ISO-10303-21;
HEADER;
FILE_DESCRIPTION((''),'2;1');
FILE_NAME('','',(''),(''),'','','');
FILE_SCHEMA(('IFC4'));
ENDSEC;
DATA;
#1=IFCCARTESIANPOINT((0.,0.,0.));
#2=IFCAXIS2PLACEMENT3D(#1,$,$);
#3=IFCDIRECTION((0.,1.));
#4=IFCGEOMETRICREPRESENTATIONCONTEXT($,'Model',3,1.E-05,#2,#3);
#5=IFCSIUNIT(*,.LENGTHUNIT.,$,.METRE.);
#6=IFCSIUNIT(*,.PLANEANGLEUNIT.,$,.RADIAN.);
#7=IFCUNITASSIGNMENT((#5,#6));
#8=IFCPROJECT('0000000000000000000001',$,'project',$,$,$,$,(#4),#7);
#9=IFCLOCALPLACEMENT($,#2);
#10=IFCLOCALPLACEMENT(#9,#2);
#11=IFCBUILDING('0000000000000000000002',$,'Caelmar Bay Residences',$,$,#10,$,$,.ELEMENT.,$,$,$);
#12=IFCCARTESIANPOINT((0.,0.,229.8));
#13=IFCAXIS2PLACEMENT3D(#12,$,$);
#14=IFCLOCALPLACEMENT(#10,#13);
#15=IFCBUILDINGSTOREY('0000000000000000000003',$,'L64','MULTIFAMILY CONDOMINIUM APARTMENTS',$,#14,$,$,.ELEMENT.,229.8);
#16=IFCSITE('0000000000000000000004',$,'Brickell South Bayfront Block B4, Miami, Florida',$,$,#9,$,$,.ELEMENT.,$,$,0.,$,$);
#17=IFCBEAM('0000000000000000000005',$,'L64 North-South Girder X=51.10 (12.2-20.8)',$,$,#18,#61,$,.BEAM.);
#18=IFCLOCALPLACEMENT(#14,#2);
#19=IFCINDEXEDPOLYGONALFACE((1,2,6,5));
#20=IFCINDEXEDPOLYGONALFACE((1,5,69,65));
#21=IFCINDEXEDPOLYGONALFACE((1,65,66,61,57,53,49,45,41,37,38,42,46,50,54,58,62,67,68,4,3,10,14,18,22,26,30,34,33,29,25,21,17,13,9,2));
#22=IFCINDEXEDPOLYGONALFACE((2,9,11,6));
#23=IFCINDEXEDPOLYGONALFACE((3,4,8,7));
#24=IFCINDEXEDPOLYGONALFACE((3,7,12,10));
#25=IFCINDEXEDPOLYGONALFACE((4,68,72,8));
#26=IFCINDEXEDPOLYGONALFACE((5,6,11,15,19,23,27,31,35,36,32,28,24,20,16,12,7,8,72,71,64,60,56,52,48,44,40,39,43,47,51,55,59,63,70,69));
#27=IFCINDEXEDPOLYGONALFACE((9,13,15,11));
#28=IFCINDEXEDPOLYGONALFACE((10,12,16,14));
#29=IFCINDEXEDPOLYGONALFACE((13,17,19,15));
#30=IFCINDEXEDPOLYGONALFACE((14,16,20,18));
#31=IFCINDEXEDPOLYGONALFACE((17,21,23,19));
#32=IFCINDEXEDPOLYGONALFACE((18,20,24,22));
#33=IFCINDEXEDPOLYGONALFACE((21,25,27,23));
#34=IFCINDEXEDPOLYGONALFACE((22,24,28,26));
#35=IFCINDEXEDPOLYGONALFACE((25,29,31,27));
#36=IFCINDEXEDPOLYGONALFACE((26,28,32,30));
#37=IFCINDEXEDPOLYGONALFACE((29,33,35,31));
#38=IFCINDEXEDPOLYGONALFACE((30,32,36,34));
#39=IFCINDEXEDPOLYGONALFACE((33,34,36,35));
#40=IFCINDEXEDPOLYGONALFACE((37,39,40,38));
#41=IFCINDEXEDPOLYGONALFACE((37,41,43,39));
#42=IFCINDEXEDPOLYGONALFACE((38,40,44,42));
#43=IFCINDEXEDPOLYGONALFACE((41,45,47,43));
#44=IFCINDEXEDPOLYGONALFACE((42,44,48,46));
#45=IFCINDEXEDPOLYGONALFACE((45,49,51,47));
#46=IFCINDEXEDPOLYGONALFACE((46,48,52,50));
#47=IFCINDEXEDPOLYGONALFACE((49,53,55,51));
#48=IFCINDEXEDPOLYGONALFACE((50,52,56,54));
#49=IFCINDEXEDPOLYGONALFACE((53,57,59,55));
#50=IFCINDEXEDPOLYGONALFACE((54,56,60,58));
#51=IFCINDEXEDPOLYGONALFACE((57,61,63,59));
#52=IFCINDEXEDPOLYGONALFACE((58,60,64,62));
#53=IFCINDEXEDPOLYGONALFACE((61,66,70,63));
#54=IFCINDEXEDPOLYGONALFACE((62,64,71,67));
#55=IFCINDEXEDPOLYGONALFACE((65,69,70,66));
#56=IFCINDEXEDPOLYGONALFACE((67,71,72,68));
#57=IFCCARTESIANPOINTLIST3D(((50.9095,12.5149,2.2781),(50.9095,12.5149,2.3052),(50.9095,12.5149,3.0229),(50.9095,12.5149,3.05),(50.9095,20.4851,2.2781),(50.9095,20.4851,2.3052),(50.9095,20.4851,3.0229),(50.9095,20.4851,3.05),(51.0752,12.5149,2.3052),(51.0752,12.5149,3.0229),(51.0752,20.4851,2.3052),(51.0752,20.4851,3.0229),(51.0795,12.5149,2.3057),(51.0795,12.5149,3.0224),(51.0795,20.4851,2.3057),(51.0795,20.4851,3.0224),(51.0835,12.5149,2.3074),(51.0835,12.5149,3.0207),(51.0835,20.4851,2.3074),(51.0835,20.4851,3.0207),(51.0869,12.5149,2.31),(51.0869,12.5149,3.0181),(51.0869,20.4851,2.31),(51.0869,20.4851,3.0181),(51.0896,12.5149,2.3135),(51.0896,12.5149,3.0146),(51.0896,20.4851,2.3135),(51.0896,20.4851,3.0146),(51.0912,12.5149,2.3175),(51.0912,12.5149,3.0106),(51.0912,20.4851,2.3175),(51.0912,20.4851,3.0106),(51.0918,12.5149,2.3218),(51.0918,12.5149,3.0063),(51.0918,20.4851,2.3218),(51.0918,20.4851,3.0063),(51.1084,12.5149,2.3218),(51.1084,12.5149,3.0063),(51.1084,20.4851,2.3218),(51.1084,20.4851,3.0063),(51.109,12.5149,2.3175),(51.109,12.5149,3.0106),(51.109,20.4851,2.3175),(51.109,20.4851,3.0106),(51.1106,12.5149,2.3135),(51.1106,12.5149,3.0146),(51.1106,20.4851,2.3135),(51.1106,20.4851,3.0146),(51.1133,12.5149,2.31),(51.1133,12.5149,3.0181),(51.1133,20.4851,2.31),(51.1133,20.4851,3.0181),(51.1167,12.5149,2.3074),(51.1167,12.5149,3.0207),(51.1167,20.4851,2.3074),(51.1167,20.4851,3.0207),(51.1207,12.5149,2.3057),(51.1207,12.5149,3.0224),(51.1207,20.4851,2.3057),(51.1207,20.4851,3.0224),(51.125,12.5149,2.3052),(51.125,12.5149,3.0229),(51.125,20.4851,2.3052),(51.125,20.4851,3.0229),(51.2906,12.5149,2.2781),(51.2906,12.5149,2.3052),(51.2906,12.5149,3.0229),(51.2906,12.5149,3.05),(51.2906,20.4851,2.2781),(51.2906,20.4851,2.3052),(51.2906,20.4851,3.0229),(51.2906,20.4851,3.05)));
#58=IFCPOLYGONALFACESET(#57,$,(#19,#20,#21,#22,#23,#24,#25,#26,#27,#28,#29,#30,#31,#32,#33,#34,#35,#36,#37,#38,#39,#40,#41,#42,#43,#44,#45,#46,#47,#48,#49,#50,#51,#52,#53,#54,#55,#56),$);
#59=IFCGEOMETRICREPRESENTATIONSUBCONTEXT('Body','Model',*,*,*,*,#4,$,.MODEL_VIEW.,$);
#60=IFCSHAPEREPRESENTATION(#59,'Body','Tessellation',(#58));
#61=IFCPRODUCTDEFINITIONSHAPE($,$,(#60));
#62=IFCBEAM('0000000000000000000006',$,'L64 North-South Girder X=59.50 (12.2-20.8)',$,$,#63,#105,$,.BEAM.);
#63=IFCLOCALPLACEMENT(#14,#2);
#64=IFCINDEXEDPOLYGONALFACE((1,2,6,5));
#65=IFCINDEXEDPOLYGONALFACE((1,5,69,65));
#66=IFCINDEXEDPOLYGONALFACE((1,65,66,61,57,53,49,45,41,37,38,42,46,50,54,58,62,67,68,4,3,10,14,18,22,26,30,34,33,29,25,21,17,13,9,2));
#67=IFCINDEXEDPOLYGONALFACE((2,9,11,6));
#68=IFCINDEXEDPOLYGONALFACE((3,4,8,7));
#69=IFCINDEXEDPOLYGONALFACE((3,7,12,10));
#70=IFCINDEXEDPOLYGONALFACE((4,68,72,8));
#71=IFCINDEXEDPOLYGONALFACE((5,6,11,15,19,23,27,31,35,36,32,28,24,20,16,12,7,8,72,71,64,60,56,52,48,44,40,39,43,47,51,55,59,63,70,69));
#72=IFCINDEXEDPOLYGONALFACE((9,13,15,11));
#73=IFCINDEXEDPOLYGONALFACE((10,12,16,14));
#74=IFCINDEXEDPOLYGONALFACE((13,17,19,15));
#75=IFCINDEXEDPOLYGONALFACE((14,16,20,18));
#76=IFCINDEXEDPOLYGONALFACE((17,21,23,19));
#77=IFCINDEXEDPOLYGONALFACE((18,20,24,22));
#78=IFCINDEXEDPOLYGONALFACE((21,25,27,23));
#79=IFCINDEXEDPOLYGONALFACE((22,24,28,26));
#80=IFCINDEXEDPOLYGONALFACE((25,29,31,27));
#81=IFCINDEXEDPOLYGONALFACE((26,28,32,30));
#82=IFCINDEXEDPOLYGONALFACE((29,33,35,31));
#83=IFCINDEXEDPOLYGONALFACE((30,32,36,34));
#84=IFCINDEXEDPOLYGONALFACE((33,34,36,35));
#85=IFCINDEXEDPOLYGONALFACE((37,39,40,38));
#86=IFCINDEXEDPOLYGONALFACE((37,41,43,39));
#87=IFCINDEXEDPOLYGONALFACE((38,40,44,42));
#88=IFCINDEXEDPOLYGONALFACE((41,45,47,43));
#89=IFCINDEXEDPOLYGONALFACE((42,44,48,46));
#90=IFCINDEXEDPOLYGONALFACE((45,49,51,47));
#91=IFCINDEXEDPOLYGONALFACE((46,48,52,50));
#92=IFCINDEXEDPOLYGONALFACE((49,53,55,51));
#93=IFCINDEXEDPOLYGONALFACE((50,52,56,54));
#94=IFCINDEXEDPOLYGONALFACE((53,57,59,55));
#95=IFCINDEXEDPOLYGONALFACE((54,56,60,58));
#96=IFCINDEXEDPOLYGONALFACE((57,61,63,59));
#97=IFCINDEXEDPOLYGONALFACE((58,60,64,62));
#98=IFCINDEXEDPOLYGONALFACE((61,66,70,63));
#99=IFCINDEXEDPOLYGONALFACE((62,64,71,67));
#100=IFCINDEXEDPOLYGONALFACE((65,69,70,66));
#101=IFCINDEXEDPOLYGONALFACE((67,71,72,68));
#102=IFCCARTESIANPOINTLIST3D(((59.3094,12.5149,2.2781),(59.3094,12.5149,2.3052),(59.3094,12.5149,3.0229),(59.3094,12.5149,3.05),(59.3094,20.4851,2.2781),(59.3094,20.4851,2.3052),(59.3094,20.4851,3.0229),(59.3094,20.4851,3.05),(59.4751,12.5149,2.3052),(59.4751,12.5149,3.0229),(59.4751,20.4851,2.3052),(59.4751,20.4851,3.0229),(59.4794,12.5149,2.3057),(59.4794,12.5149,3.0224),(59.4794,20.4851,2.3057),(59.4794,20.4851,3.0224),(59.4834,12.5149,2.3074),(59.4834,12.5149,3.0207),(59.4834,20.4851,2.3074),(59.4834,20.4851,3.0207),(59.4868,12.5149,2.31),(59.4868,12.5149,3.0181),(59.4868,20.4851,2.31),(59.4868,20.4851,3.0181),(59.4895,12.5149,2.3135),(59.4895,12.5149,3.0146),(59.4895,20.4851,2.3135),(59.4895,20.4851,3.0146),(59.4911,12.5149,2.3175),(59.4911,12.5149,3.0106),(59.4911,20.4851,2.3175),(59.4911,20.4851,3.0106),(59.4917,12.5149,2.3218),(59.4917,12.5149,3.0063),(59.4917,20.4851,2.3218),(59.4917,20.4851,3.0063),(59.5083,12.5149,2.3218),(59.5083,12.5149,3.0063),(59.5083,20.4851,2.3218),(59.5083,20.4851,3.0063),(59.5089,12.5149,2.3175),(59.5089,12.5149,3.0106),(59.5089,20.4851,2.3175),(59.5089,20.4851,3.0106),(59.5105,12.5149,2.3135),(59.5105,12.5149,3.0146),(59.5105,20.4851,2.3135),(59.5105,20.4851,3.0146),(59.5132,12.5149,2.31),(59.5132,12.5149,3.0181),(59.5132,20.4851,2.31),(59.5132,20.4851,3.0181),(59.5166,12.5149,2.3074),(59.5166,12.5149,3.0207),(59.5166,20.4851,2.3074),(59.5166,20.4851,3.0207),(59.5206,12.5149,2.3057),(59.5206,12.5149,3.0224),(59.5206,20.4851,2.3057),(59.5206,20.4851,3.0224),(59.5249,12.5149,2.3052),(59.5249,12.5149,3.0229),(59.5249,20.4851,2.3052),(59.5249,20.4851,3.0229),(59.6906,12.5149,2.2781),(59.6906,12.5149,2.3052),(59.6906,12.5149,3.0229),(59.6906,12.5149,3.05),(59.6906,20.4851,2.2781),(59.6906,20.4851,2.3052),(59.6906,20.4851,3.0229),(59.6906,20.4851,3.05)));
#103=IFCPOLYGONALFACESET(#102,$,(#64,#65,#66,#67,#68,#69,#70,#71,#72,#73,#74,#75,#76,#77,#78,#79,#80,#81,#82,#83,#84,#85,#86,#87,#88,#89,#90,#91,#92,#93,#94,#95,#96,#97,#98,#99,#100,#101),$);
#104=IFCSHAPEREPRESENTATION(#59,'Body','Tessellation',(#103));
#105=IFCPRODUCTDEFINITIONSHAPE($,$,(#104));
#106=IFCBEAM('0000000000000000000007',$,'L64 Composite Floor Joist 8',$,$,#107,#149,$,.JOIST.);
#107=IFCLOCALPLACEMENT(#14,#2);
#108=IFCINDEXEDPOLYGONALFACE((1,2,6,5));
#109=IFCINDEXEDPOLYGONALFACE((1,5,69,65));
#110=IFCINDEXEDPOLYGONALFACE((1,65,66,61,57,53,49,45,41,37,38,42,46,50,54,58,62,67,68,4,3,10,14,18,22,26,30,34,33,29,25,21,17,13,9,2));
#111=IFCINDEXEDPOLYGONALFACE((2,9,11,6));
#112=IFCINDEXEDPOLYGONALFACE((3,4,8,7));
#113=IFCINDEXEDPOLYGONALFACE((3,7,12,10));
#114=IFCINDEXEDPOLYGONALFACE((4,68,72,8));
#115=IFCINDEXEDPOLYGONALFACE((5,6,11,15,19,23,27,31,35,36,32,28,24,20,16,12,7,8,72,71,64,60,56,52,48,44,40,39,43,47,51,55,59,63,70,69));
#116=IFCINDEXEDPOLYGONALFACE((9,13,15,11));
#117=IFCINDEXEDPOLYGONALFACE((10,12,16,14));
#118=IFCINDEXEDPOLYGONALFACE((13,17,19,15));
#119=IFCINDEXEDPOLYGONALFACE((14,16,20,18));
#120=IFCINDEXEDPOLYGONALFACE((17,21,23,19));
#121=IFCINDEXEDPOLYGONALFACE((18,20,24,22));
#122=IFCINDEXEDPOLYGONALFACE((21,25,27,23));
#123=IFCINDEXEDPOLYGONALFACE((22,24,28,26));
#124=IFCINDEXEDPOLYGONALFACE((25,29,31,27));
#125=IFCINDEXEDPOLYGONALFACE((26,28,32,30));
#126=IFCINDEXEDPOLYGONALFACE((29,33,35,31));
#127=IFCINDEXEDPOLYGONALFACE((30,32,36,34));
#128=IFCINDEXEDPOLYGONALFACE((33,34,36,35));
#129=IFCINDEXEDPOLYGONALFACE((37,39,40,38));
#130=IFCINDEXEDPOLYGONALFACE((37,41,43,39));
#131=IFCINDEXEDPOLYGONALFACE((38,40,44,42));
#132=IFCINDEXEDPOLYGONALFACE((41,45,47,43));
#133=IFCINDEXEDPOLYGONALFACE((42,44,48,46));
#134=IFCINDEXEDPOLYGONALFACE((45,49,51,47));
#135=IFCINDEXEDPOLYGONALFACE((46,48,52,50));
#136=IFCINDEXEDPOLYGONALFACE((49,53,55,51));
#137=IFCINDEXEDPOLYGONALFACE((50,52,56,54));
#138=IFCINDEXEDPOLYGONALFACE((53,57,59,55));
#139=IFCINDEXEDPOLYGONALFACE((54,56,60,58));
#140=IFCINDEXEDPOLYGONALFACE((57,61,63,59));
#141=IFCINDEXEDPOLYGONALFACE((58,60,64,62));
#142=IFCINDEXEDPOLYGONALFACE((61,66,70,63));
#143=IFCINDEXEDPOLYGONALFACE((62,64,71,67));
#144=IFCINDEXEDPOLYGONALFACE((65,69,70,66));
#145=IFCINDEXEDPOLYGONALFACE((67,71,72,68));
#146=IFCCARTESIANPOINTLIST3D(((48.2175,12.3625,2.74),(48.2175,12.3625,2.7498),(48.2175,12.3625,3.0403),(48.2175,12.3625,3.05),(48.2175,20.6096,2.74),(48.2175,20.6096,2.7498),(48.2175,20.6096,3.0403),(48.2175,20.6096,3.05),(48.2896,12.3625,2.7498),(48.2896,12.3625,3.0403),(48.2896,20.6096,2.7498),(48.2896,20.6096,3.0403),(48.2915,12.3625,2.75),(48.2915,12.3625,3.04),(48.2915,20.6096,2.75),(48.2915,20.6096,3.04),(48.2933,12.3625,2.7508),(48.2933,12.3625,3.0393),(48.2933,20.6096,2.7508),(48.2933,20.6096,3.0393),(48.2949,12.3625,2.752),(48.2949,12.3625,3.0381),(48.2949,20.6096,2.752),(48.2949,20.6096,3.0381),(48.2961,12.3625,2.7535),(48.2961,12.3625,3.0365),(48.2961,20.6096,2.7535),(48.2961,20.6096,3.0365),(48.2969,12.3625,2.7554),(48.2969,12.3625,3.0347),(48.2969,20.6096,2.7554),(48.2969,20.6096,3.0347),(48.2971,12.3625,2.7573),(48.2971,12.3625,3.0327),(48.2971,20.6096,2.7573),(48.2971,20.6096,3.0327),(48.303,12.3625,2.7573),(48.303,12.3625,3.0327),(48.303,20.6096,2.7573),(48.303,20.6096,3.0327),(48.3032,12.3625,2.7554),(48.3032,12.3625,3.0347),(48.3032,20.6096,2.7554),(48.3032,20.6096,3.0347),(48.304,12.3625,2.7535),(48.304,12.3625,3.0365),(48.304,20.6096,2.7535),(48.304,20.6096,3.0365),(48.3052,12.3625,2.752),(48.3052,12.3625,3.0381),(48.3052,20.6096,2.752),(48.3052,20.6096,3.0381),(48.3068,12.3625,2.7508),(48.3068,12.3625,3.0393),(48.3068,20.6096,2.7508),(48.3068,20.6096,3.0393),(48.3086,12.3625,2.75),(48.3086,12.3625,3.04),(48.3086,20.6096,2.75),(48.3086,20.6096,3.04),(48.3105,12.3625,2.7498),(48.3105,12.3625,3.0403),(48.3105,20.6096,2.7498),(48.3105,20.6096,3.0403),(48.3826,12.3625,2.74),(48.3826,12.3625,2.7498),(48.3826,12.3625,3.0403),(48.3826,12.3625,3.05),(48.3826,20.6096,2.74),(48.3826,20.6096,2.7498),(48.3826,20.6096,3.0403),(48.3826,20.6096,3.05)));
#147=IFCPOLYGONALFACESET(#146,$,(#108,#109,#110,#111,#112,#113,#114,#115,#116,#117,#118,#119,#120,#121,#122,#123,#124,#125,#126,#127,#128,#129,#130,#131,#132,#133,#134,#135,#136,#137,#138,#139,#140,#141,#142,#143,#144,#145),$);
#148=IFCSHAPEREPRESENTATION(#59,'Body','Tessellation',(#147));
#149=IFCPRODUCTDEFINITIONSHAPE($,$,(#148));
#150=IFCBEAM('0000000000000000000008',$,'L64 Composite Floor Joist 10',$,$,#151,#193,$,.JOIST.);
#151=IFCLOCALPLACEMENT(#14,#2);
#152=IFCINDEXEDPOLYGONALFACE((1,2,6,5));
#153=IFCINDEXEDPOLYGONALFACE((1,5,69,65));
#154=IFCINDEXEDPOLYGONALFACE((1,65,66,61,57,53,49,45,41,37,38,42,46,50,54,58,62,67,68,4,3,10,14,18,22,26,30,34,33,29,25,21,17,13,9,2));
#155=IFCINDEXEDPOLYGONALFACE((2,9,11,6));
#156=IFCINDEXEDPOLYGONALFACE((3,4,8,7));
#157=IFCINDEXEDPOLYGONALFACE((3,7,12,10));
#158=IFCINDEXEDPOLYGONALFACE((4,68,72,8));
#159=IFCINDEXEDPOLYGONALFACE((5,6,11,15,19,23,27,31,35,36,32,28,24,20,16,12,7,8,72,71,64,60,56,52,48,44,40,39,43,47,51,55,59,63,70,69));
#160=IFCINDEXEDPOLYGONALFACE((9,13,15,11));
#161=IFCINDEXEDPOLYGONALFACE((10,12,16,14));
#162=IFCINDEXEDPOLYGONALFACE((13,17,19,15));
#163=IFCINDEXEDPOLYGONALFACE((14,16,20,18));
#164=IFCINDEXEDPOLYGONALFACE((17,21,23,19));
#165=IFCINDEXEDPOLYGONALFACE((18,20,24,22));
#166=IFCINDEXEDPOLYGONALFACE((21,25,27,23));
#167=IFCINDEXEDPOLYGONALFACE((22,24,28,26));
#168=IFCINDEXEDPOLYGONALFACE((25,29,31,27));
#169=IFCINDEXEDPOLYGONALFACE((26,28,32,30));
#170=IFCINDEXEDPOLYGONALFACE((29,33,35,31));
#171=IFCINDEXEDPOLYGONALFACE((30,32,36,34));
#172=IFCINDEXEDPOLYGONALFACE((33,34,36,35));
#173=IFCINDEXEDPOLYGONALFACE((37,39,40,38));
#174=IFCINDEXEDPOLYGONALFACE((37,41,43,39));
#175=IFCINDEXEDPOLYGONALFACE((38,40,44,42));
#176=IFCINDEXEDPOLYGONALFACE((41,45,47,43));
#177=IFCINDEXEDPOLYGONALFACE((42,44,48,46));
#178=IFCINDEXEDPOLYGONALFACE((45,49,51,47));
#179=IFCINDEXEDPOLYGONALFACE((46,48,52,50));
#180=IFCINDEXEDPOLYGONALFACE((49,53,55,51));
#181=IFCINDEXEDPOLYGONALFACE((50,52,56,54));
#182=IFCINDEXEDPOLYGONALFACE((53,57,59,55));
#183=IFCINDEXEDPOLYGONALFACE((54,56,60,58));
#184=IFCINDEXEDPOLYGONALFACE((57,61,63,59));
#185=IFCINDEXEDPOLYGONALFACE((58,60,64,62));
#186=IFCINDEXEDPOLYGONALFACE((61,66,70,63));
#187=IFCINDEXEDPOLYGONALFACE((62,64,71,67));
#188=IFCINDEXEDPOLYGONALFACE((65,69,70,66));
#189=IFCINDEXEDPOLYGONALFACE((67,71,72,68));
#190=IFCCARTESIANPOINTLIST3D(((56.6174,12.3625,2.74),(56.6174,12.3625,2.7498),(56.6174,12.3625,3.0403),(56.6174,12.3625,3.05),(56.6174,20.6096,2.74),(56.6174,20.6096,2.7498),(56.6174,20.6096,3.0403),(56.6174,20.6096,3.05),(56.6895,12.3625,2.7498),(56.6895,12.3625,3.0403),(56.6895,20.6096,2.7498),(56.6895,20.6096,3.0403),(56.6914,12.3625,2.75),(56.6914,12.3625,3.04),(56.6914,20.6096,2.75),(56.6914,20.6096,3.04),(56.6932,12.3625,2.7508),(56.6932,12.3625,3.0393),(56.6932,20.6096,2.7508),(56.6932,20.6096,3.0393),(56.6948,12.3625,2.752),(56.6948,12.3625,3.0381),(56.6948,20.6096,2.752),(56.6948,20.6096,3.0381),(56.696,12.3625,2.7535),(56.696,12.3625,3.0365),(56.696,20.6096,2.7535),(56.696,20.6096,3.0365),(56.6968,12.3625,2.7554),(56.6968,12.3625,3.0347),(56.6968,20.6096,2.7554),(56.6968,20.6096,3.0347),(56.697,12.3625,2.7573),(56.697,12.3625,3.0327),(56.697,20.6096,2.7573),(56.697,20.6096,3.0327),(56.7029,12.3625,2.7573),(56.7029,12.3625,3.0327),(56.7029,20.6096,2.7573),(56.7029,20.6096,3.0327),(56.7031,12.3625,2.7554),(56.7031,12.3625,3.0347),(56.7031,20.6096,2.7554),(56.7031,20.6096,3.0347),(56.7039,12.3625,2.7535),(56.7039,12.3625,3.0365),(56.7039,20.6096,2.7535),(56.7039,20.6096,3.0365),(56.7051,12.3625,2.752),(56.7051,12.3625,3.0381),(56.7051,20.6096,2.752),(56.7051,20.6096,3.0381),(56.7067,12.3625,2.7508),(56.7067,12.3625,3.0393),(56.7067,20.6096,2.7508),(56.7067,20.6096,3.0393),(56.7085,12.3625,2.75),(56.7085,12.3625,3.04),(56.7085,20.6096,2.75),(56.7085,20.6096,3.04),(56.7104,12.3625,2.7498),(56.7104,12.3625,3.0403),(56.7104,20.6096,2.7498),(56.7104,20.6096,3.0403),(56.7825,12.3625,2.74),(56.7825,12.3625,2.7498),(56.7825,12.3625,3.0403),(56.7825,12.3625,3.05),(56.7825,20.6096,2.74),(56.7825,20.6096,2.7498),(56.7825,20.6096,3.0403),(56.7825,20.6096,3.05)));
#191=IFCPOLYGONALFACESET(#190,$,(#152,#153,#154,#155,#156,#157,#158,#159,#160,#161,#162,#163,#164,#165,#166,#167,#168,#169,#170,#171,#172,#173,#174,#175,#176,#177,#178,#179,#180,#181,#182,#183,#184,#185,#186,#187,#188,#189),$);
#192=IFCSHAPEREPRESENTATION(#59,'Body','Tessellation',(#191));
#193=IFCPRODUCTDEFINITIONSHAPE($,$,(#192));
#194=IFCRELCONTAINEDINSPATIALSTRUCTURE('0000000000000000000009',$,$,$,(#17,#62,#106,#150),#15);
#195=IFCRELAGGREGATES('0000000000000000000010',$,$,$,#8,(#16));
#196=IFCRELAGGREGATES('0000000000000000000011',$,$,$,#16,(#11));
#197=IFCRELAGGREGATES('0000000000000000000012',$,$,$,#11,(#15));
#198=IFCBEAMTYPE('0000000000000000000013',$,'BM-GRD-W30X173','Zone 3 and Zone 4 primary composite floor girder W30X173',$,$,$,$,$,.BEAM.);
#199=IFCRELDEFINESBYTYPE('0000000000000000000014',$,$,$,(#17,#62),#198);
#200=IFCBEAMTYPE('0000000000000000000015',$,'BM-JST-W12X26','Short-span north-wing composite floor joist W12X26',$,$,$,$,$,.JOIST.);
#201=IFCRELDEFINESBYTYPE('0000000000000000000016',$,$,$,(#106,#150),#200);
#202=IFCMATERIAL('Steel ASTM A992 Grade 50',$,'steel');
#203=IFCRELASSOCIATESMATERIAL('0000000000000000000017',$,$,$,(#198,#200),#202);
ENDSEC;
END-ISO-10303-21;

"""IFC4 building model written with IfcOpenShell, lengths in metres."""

from ifc_helpers import new_model, si_unit, direction, frame, origin, origin_2d, place, context, subcontext, project, spatial, i_section, extrude, material, material_profile, profile_set, type_object, element, save


model = new_model("IFC4")

# Units and contexts
model_context = context("Model", 3, precision=1e-05, world=origin(), true_north=direction((0.0, 1.0)))
body_context = subcontext(model_context, "Body", "Model", "MODEL_VIEW")
ifc_project = project(units=[si_unit("LENGTHUNIT", "METRE"), si_unit("PLANEANGLEUNIT", "RADIAN")], contexts=[model_context])

# Site, building, storey
site_placement = place(None, origin())
site = spatial("IfcSite", under=ifc_project, at=site_placement, Name="Brickell South Bayfront Block B4, Miami, Florida", CompositionType="ELEMENT", RefElevation=0.0)
building_placement = place(site_placement, origin())
building = spatial("IfcBuilding", under=site, at=building_placement, Name="Caelmar Bay Residences", CompositionType="ELEMENT")
storey_placement = place(building_placement, frame((0.0, 0.0, 229.8)))
storey = spatial("IfcBuildingStorey", under=building, at=storey_placement, Name="L64", Description="MULTIFAMILY CONDOMINIUM APARTMENTS", CompositionType="ELEMENT", Elevation=229.8)

# Beams
ifc_material_1 = material(Name="Steel ASTM A992 Grade 50", Category="steel")
ifc_material_profile_1 = material_profile(ifc_material_1, i_section(OverallWidth=0.3811, OverallDepth=0.772, WebThickness=0.0166, FlangeThickness=0.0271, FilletRadius=0.0166, at=origin_2d()), Name="W30X173")
ifc_profile_set_1 = profile_set([ifc_material_profile_1], Name="Steel ASTM A992 Grade 50")
beam_type_1 = type_object("IfcBeamType", Name="BM-GRD-W30X173", Description="Zone 3 and Zone 4 primary composite floor girder W30X173", PredefinedType="BEAM", material=ifc_profile_set_1)
for number, where, z_axis, x_axis, name in (
    (1, (51.1001, 12.5149, 2.6641), (0.0, 1.0, 0.0), (-1.0, 0.0, 0.0), "L64 North-South Girder X=51.10 (12.2-20.8)"),
    (2, (59.5, 12.5149, 2.6641), (0.0, 1.0, 0.0), (-1.0, 0.0, 0.0), "L64 North-South Girder X=59.50 (12.2-20.8)"),
):
    element("IfcBeam", number, at=place(storey_placement, frame(where, z_axis=z_axis, x_axis=x_axis)), inside=storey, type_object=beam_type_1, Name=name, PredefinedType="BEAM", context=body_context, shape_type="SweptSolid", body=[
        extrude(i_section(OverallWidth=0.3811, OverallDepth=0.772, WebThickness=0.0166, FlangeThickness=0.0271, FilletRadius=0.0166, at=origin_2d()), origin(), (0.0, 0.0, 1.0), 7.9702),
    ])
ifc_material_profile_2 = material_profile(ifc_material_1, i_section(OverallWidth=0.165, OverallDepth=0.3101, WebThickness=0.0059, FlangeThickness=0.0098, FilletRadius=0.0076, at=origin_2d()), Name="W12X26")
ifc_profile_set_2 = profile_set([ifc_material_profile_2], Name="Steel ASTM A992 Grade 50")
beam_type_2 = type_object("IfcBeamType", Name="BM-JST-W12X26", Description="Short-span north-wing composite floor joist W12X26", PredefinedType="JOIST", material=ifc_profile_set_2)
for number, where, z_axis, x_axis, name in (
    (3, (48.3, 12.3625, 2.895), (0.0, 1.0, 0.0), (-1.0, 0.0, 0.0), "L64 Composite Floor Joist 8"),
    (4, (56.7, 12.3625, 2.895), (0.0, 1.0, 0.0), (-1.0, 0.0, 0.0), "L64 Composite Floor Joist 10"),
):
    element("IfcBeam", number, at=place(storey_placement, frame(where, z_axis=z_axis, x_axis=x_axis)), inside=storey, type_object=beam_type_2, Name=name, PredefinedType="JOIST", context=body_context, shape_type="SweptSolid", body=[
        extrude(i_section(OverallWidth=0.165, OverallDepth=0.3101, WebThickness=0.0059, FlangeThickness=0.0098, FilletRadius=0.0076, at=origin_2d()), origin(), (0.0, 0.0, 1.0), 8.2471),
    ])

save(model, "model.ifc")
